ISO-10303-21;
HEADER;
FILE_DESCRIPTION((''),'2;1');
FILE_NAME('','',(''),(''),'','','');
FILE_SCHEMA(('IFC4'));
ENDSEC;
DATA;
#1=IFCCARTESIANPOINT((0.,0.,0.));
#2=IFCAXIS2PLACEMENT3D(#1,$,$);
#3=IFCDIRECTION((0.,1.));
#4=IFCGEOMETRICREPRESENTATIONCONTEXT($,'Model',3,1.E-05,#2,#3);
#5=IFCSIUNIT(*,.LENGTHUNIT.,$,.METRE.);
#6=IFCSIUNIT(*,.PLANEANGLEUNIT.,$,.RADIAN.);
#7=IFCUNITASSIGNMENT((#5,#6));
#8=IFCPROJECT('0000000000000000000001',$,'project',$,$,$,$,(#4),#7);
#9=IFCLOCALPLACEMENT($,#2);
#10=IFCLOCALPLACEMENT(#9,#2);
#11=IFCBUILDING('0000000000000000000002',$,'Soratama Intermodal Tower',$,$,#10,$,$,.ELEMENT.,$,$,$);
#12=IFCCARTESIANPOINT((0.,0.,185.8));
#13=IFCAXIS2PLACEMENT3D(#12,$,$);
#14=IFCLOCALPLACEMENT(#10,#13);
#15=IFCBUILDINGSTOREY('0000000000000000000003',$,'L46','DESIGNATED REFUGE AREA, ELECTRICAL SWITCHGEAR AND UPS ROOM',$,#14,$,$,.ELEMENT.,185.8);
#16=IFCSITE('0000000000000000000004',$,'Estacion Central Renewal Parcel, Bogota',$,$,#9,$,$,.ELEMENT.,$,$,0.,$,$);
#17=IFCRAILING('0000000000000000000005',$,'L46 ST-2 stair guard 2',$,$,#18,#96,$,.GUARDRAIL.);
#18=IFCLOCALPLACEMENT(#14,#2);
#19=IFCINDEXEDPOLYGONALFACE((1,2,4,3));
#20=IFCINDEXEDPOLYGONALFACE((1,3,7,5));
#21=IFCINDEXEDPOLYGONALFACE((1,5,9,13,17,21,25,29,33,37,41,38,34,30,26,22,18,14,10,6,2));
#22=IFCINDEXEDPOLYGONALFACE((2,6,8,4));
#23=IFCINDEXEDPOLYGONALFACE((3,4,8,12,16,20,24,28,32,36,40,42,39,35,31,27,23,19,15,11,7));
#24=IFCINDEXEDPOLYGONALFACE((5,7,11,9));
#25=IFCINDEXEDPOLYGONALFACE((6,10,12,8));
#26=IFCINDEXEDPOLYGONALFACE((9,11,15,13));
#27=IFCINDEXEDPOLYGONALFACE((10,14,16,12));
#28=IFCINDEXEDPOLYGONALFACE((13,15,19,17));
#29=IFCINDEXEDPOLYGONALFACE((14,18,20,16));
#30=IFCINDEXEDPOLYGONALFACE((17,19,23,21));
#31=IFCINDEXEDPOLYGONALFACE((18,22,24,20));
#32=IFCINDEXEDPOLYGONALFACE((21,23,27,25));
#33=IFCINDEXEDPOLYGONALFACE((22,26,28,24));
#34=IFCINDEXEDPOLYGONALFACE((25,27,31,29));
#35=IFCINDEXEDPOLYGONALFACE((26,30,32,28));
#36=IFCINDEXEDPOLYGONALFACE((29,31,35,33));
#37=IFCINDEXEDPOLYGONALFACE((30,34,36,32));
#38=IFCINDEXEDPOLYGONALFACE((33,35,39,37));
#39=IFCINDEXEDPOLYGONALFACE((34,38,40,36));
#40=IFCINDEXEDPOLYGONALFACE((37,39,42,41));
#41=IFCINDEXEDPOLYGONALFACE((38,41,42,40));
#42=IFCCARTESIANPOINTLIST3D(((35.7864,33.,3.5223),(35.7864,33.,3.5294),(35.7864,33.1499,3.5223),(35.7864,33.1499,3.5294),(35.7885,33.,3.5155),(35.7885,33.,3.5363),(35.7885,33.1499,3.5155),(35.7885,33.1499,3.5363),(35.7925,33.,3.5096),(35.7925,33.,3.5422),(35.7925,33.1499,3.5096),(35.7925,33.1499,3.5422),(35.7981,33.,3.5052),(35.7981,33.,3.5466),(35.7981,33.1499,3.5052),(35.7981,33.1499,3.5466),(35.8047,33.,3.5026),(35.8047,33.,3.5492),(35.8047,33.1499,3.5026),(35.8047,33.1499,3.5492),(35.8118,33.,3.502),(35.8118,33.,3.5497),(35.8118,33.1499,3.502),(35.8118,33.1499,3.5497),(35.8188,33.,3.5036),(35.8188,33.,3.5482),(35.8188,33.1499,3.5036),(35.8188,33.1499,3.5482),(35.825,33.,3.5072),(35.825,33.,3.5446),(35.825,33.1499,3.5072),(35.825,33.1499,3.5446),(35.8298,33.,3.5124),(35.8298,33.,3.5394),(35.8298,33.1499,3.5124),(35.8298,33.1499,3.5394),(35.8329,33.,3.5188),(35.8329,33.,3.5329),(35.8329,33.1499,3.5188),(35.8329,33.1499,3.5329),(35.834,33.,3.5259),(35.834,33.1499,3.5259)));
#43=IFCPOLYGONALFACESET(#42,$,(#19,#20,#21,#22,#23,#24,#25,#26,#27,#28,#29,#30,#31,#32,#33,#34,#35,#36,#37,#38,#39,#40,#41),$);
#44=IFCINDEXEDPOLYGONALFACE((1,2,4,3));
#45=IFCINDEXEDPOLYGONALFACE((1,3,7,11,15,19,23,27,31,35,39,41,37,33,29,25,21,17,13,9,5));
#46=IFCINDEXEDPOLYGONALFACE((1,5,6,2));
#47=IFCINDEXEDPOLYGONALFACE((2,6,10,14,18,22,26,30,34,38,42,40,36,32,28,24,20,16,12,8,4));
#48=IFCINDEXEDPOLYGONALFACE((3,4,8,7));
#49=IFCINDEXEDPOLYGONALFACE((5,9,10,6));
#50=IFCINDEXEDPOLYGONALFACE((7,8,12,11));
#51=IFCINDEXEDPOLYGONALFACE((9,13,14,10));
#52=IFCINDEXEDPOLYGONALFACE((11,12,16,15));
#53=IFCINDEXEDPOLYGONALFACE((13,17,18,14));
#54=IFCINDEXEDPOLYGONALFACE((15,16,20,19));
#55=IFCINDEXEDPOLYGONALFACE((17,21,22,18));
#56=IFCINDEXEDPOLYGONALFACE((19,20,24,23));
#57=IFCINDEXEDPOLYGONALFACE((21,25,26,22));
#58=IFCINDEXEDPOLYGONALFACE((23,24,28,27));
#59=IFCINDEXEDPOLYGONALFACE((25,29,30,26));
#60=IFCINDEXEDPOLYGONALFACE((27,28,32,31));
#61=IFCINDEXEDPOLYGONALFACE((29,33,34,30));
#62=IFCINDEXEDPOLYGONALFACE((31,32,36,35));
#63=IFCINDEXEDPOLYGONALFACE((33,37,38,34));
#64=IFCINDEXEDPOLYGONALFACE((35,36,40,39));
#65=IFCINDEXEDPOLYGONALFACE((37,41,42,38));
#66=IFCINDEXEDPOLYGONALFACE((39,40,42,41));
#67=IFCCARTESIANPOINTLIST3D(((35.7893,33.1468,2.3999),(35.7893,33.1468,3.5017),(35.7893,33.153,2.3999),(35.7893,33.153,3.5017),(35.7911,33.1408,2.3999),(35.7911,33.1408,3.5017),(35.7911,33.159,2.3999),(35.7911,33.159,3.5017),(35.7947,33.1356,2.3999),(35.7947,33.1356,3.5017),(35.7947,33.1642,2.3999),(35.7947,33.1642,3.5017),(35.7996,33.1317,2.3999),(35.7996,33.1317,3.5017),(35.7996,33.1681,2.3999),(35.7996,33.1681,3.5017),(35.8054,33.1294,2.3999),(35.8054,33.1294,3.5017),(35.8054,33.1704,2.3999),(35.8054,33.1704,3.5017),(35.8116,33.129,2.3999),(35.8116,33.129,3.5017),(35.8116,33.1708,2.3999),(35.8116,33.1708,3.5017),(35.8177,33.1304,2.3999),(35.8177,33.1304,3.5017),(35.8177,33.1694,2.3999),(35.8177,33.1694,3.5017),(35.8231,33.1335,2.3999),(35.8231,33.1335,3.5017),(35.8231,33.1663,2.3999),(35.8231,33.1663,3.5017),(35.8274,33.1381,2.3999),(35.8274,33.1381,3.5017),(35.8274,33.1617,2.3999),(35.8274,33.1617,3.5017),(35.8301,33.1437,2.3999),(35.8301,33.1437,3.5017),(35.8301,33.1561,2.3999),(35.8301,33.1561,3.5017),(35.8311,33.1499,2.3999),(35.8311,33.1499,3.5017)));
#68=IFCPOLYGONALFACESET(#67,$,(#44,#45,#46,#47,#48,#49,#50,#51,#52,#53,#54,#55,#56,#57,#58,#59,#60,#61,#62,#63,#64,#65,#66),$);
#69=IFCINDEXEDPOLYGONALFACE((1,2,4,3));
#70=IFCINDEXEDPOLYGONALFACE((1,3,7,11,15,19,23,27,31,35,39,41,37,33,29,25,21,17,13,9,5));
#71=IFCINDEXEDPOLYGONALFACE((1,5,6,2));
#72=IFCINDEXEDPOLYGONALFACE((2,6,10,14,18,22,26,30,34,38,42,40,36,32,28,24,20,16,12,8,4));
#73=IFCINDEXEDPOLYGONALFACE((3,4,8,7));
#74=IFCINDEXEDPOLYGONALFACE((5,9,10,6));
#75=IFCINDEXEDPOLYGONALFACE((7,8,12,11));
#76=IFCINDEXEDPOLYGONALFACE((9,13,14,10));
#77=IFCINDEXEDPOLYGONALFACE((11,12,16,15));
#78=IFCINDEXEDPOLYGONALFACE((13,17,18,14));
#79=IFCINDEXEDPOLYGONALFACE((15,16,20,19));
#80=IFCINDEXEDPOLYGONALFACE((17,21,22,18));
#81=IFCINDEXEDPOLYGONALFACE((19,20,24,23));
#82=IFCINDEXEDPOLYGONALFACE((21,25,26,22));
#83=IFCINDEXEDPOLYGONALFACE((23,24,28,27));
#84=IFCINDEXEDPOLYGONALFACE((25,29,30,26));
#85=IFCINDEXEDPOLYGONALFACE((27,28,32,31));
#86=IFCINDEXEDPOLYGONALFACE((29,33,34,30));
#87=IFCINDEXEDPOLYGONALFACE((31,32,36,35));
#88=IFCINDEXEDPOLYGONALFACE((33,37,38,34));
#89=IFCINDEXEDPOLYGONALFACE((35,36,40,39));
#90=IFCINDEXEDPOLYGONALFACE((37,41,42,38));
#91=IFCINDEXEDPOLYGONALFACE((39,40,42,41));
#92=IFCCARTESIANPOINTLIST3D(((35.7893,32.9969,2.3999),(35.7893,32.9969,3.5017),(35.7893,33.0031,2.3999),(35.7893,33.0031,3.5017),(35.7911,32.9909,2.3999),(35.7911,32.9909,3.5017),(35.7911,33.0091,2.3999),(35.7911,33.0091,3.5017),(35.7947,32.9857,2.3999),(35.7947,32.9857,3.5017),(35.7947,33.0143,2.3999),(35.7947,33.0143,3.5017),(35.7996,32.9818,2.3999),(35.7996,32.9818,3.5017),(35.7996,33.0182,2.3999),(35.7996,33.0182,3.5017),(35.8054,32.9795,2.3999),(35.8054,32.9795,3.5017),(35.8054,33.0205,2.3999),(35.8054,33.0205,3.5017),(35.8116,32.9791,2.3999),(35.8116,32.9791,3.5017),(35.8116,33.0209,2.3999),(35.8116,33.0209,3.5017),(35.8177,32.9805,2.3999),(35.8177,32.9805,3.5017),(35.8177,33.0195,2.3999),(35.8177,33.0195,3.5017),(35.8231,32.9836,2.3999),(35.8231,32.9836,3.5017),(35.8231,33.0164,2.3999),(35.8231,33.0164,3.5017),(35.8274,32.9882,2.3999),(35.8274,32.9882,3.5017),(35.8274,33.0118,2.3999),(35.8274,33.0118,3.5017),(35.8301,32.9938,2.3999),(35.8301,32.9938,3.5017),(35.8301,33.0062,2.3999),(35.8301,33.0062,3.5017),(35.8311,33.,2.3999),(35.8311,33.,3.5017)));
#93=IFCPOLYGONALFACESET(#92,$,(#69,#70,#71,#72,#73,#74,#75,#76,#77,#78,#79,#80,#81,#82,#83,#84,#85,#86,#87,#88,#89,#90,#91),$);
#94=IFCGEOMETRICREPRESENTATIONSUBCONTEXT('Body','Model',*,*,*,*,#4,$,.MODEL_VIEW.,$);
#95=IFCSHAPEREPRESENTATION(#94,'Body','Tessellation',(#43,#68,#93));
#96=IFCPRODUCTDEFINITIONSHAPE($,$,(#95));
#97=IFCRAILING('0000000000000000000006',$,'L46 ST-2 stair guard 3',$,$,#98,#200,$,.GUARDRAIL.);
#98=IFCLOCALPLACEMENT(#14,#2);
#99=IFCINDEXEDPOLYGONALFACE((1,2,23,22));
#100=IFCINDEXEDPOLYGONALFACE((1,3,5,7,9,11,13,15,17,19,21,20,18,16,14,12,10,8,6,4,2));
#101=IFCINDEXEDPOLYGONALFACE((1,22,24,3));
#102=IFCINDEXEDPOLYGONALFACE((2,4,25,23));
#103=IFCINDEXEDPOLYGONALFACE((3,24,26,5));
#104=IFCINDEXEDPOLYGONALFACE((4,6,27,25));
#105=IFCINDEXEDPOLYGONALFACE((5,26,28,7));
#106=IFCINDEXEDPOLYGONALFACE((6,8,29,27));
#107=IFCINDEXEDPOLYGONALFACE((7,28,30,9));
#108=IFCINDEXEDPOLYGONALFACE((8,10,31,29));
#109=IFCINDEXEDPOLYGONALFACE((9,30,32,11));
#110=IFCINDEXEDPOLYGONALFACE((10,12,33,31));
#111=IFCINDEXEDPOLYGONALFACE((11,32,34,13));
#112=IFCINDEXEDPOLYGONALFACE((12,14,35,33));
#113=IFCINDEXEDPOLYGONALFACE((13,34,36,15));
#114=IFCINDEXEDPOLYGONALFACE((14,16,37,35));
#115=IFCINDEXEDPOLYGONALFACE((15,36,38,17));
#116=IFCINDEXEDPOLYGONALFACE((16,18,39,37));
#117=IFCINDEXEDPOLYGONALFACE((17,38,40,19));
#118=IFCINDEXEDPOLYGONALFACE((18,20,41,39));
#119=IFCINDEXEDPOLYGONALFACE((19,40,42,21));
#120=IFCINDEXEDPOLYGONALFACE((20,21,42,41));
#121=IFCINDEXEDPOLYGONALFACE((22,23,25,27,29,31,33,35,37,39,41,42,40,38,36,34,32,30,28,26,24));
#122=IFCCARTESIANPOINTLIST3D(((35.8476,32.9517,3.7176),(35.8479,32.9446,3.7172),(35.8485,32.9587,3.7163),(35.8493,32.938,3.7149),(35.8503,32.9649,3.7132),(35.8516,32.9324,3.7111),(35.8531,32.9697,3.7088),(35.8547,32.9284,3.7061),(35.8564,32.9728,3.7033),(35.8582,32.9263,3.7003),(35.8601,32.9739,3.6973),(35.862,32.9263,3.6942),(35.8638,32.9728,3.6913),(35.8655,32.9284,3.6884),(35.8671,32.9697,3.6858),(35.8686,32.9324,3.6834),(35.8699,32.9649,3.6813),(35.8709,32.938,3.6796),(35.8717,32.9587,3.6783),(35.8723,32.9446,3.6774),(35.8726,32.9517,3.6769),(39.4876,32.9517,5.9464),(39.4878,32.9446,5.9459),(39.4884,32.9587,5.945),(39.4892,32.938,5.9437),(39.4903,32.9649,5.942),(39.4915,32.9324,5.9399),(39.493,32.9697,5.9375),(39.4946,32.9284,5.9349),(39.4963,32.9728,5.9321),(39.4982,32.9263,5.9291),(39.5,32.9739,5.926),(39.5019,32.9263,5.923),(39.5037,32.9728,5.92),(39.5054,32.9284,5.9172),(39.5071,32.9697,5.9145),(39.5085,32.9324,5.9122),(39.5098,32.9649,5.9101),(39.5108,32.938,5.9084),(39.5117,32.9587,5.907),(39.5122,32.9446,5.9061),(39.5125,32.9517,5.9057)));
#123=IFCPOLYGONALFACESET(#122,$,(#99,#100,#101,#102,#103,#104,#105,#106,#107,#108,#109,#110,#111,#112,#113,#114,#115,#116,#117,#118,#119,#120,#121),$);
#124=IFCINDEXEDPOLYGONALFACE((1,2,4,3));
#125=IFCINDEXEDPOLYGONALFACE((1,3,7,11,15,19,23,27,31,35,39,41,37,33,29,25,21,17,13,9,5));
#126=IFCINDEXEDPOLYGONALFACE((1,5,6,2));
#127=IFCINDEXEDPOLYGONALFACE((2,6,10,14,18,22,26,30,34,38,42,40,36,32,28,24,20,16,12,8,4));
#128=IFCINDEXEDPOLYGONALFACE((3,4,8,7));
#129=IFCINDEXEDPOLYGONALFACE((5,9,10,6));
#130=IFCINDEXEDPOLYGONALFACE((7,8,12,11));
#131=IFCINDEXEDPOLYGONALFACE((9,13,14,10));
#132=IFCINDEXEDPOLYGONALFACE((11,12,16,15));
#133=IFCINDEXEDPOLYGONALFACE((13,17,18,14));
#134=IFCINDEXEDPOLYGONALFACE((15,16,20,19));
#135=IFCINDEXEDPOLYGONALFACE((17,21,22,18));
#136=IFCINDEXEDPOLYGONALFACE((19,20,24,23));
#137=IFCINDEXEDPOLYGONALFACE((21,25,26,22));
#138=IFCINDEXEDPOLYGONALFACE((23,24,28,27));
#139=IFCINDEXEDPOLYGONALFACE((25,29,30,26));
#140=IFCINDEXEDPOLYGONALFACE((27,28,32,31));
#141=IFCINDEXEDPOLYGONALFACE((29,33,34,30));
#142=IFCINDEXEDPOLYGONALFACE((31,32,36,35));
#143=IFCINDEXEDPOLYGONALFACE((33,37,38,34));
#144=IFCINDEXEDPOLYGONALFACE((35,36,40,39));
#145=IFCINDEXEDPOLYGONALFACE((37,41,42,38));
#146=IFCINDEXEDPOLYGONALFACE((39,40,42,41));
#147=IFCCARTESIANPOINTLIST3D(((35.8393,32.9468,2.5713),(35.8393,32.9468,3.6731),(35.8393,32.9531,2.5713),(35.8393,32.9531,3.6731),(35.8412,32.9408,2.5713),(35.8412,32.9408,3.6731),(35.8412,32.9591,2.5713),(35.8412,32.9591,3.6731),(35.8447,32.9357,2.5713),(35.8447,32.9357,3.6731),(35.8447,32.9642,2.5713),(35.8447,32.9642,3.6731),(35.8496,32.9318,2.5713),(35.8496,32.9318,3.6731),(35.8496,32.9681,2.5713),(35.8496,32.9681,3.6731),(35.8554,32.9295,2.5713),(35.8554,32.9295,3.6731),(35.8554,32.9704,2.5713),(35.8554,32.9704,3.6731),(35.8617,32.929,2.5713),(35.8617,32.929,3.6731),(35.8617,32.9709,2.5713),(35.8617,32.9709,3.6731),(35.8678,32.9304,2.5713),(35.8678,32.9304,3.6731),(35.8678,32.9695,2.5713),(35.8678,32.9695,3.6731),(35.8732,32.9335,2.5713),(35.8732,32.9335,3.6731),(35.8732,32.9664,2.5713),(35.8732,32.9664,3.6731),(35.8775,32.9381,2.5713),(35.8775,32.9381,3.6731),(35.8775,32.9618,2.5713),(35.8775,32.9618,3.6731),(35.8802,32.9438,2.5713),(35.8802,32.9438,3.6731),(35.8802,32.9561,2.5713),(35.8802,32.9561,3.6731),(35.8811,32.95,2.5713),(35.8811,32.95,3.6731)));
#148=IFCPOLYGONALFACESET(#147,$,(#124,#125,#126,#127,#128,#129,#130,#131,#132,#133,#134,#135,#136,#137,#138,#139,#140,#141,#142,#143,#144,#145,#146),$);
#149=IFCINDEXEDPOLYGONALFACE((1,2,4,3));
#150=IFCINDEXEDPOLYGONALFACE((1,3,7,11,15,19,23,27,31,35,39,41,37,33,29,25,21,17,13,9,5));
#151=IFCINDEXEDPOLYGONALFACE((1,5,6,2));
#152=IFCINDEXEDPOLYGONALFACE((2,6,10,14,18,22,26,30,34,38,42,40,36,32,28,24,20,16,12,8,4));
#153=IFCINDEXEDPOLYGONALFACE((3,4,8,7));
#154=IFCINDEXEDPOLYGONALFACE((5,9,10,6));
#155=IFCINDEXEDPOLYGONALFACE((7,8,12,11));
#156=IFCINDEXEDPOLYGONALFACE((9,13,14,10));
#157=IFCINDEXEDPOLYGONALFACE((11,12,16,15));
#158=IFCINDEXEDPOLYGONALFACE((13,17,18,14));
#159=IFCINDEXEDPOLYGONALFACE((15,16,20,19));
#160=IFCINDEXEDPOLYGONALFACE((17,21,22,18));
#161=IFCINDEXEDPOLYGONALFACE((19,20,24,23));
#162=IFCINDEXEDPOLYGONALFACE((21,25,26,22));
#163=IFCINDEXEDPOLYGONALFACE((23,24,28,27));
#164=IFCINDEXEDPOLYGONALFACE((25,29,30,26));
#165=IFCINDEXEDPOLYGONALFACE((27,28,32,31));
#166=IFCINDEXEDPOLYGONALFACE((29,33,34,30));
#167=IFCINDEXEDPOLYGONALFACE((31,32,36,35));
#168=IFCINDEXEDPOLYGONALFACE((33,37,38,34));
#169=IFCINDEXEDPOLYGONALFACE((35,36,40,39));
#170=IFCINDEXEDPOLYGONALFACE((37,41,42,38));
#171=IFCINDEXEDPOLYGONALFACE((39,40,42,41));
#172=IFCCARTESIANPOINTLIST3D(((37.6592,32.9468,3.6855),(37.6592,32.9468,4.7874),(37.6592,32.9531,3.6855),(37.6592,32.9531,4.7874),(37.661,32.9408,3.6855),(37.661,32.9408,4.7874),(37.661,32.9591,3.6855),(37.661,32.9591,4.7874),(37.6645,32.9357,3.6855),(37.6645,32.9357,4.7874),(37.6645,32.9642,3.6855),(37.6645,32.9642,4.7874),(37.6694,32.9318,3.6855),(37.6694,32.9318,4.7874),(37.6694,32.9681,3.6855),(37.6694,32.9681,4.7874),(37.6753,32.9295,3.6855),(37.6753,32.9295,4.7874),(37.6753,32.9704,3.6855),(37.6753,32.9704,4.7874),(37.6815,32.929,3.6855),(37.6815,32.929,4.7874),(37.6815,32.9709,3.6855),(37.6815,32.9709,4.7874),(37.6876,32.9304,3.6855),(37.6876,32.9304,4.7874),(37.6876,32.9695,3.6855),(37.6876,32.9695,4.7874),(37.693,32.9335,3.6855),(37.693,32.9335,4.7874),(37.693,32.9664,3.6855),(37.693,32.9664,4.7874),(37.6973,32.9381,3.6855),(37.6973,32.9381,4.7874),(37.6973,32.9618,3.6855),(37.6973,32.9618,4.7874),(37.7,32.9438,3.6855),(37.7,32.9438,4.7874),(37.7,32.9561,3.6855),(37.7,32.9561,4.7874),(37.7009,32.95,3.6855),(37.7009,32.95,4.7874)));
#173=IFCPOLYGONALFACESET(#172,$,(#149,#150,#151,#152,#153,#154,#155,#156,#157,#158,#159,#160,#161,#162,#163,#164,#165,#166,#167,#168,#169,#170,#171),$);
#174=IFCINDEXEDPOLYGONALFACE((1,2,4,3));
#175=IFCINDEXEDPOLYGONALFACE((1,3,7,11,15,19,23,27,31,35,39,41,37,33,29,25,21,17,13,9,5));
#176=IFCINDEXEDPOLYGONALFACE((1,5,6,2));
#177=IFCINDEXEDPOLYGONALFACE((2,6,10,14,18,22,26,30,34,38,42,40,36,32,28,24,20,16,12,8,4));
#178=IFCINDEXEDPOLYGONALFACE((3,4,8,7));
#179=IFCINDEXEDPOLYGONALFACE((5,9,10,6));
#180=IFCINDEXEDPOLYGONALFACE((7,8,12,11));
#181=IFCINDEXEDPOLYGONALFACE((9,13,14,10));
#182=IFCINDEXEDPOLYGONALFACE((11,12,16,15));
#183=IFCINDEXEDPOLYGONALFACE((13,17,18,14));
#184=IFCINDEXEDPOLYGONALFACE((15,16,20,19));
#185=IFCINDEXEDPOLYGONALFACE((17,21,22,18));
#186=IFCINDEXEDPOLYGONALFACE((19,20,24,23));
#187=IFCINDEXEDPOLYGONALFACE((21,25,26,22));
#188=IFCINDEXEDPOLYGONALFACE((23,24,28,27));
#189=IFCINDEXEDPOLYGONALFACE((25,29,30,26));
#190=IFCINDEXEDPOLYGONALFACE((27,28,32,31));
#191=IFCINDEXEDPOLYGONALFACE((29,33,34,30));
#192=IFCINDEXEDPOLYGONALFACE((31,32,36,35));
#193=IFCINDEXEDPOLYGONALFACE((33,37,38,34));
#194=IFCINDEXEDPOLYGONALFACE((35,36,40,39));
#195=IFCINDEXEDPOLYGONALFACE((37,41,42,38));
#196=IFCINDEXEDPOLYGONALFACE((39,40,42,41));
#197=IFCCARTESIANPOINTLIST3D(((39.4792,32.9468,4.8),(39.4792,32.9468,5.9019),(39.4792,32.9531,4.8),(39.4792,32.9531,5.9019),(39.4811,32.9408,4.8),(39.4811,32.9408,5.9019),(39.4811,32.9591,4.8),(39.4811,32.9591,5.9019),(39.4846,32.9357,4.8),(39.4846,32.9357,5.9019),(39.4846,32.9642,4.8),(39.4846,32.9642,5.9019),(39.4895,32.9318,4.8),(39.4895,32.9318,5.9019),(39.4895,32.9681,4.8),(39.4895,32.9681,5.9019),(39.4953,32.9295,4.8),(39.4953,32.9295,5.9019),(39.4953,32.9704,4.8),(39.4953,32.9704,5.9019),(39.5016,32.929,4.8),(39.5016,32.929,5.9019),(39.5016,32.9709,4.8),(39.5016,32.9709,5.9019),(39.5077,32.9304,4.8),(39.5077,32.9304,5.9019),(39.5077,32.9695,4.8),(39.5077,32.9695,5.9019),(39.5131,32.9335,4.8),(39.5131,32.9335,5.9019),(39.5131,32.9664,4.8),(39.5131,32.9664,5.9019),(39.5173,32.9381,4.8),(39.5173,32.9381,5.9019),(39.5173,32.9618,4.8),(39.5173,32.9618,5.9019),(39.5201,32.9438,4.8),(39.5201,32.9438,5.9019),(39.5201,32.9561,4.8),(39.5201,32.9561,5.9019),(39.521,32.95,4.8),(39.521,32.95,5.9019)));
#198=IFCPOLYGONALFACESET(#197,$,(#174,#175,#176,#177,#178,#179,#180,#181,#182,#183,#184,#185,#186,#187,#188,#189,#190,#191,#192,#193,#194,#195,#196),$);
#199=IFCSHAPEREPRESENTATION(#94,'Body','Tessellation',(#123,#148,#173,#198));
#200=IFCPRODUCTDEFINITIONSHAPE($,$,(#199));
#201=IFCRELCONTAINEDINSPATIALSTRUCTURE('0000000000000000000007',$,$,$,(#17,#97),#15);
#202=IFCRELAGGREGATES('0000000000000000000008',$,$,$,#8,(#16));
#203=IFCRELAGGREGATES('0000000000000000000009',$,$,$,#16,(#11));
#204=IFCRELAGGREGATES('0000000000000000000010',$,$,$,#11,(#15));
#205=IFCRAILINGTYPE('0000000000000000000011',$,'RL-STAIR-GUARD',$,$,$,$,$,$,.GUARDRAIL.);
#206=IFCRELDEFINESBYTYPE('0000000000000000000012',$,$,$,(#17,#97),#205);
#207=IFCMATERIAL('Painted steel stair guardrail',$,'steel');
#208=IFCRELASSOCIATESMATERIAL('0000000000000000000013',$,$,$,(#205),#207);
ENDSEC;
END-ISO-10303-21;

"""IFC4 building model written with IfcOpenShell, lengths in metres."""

from ifc_helpers import new_model, si_unit, direction, frame, origin, origin_2d, place, context, subcontext, project, spatial, circle, extrude, material, type_object, element, save


model = new_model("IFC4")

# Units and contexts
model_context = context("Model", 3, precision=1e-05, world=origin(), true_north=direction((0.0, 1.0)))
body_context = subcontext(model_context, "Body", "Model", "MODEL_VIEW")
ifc_project = project(units=[si_unit("LENGTHUNIT", "METRE"), si_unit("PLANEANGLEUNIT", "RADIAN")], contexts=[model_context])

# Site, building, storey
site_placement = place(None, origin())
site = spatial("IfcSite", under=ifc_project, at=site_placement, Name="Estacion Central Renewal Parcel, Bogota", CompositionType="ELEMENT", RefElevation=0.0)
building_placement = place(site_placement, origin())
building = spatial("IfcBuilding", under=site, at=building_placement, Name="Soratama Intermodal Tower", CompositionType="ELEMENT")
storey_placement = place(building_placement, frame((0.0, 0.0, 185.8)))
storey = spatial("IfcBuildingStorey", under=building, at=storey_placement, Name="L46", Description="DESIGNATED REFUGE AREA, ELECTRICAL SWITCHGEAR AND UPS ROOM", CompositionType="ELEMENT", Elevation=185.8)

# Railings
ifc_material_1 = material(Name="Painted steel stair guardrail", Category="steel")
railing_type_1 = type_object("IfcRailingType", Name="RL-STAIR-GUARD", PredefinedType="GUARDRAIL", material=ifc_material_1)
railing_1_placement = place(storey_placement, frame((35.8101, 33.1499, 2.3999)))
element("IfcRailing", 1, at=railing_1_placement, inside=storey, type_object=railing_type_1, Name="L46 ST-2 stair guard 2", PredefinedType="GUARDRAIL", context=body_context, shape_type="SweptSolid", body=[
    extrude(circle(Radius=0.0239, at=origin_2d()), frame((0.0, 0.0, 1.126), z_axis=(0.0, -1.0, 0.0), x_axis=(1.0, 0.0, 0.0)), (0.0, 0.0, 1.0), 0.1499),
    extrude(circle(Radius=0.021, at=origin_2d()), origin(), (0.0, 0.0, 1.0), 1.1018),
    extrude(circle(Radius=0.021, at=origin_2d()), frame((0.0, -0.1499, 0.0)), (0.0, 0.0, 1.0), 1.1018),
])
railing_2_placement = place(storey_placement, frame((35.8601, 32.95, 2.5713)))
element("IfcRailing", 2, at=railing_2_placement, inside=storey, type_object=railing_type_1, Name="L46 ST-2 stair guard 3", PredefinedType="GUARDRAIL", context=body_context, shape_type="SweptSolid", body=[
    extrude(circle(Radius=0.0239, at=origin_2d()), frame((0.0, 0.0, 1.126), z_axis=(0.852825, 0.0, 0.522197), x_axis=(0.0, 1.0, 0.0)), (0.0, 0.0, 1.0), 4.2681),
    extrude(circle(Radius=0.021, at=origin_2d()), origin(), (0.0, 0.0, 1.0), 1.1018),
    extrude(circle(Radius=0.021, at=origin_2d()), frame((1.8198, 0.0, 1.1143)), (0.0, 0.0, 1.0), 1.1018),
    extrude(circle(Radius=0.021, at=origin_2d()), frame((3.6399, 0.0, 2.2288)), (0.0, 0.0, 1.0), 1.1018),
])

save(model, "model.ifc")
